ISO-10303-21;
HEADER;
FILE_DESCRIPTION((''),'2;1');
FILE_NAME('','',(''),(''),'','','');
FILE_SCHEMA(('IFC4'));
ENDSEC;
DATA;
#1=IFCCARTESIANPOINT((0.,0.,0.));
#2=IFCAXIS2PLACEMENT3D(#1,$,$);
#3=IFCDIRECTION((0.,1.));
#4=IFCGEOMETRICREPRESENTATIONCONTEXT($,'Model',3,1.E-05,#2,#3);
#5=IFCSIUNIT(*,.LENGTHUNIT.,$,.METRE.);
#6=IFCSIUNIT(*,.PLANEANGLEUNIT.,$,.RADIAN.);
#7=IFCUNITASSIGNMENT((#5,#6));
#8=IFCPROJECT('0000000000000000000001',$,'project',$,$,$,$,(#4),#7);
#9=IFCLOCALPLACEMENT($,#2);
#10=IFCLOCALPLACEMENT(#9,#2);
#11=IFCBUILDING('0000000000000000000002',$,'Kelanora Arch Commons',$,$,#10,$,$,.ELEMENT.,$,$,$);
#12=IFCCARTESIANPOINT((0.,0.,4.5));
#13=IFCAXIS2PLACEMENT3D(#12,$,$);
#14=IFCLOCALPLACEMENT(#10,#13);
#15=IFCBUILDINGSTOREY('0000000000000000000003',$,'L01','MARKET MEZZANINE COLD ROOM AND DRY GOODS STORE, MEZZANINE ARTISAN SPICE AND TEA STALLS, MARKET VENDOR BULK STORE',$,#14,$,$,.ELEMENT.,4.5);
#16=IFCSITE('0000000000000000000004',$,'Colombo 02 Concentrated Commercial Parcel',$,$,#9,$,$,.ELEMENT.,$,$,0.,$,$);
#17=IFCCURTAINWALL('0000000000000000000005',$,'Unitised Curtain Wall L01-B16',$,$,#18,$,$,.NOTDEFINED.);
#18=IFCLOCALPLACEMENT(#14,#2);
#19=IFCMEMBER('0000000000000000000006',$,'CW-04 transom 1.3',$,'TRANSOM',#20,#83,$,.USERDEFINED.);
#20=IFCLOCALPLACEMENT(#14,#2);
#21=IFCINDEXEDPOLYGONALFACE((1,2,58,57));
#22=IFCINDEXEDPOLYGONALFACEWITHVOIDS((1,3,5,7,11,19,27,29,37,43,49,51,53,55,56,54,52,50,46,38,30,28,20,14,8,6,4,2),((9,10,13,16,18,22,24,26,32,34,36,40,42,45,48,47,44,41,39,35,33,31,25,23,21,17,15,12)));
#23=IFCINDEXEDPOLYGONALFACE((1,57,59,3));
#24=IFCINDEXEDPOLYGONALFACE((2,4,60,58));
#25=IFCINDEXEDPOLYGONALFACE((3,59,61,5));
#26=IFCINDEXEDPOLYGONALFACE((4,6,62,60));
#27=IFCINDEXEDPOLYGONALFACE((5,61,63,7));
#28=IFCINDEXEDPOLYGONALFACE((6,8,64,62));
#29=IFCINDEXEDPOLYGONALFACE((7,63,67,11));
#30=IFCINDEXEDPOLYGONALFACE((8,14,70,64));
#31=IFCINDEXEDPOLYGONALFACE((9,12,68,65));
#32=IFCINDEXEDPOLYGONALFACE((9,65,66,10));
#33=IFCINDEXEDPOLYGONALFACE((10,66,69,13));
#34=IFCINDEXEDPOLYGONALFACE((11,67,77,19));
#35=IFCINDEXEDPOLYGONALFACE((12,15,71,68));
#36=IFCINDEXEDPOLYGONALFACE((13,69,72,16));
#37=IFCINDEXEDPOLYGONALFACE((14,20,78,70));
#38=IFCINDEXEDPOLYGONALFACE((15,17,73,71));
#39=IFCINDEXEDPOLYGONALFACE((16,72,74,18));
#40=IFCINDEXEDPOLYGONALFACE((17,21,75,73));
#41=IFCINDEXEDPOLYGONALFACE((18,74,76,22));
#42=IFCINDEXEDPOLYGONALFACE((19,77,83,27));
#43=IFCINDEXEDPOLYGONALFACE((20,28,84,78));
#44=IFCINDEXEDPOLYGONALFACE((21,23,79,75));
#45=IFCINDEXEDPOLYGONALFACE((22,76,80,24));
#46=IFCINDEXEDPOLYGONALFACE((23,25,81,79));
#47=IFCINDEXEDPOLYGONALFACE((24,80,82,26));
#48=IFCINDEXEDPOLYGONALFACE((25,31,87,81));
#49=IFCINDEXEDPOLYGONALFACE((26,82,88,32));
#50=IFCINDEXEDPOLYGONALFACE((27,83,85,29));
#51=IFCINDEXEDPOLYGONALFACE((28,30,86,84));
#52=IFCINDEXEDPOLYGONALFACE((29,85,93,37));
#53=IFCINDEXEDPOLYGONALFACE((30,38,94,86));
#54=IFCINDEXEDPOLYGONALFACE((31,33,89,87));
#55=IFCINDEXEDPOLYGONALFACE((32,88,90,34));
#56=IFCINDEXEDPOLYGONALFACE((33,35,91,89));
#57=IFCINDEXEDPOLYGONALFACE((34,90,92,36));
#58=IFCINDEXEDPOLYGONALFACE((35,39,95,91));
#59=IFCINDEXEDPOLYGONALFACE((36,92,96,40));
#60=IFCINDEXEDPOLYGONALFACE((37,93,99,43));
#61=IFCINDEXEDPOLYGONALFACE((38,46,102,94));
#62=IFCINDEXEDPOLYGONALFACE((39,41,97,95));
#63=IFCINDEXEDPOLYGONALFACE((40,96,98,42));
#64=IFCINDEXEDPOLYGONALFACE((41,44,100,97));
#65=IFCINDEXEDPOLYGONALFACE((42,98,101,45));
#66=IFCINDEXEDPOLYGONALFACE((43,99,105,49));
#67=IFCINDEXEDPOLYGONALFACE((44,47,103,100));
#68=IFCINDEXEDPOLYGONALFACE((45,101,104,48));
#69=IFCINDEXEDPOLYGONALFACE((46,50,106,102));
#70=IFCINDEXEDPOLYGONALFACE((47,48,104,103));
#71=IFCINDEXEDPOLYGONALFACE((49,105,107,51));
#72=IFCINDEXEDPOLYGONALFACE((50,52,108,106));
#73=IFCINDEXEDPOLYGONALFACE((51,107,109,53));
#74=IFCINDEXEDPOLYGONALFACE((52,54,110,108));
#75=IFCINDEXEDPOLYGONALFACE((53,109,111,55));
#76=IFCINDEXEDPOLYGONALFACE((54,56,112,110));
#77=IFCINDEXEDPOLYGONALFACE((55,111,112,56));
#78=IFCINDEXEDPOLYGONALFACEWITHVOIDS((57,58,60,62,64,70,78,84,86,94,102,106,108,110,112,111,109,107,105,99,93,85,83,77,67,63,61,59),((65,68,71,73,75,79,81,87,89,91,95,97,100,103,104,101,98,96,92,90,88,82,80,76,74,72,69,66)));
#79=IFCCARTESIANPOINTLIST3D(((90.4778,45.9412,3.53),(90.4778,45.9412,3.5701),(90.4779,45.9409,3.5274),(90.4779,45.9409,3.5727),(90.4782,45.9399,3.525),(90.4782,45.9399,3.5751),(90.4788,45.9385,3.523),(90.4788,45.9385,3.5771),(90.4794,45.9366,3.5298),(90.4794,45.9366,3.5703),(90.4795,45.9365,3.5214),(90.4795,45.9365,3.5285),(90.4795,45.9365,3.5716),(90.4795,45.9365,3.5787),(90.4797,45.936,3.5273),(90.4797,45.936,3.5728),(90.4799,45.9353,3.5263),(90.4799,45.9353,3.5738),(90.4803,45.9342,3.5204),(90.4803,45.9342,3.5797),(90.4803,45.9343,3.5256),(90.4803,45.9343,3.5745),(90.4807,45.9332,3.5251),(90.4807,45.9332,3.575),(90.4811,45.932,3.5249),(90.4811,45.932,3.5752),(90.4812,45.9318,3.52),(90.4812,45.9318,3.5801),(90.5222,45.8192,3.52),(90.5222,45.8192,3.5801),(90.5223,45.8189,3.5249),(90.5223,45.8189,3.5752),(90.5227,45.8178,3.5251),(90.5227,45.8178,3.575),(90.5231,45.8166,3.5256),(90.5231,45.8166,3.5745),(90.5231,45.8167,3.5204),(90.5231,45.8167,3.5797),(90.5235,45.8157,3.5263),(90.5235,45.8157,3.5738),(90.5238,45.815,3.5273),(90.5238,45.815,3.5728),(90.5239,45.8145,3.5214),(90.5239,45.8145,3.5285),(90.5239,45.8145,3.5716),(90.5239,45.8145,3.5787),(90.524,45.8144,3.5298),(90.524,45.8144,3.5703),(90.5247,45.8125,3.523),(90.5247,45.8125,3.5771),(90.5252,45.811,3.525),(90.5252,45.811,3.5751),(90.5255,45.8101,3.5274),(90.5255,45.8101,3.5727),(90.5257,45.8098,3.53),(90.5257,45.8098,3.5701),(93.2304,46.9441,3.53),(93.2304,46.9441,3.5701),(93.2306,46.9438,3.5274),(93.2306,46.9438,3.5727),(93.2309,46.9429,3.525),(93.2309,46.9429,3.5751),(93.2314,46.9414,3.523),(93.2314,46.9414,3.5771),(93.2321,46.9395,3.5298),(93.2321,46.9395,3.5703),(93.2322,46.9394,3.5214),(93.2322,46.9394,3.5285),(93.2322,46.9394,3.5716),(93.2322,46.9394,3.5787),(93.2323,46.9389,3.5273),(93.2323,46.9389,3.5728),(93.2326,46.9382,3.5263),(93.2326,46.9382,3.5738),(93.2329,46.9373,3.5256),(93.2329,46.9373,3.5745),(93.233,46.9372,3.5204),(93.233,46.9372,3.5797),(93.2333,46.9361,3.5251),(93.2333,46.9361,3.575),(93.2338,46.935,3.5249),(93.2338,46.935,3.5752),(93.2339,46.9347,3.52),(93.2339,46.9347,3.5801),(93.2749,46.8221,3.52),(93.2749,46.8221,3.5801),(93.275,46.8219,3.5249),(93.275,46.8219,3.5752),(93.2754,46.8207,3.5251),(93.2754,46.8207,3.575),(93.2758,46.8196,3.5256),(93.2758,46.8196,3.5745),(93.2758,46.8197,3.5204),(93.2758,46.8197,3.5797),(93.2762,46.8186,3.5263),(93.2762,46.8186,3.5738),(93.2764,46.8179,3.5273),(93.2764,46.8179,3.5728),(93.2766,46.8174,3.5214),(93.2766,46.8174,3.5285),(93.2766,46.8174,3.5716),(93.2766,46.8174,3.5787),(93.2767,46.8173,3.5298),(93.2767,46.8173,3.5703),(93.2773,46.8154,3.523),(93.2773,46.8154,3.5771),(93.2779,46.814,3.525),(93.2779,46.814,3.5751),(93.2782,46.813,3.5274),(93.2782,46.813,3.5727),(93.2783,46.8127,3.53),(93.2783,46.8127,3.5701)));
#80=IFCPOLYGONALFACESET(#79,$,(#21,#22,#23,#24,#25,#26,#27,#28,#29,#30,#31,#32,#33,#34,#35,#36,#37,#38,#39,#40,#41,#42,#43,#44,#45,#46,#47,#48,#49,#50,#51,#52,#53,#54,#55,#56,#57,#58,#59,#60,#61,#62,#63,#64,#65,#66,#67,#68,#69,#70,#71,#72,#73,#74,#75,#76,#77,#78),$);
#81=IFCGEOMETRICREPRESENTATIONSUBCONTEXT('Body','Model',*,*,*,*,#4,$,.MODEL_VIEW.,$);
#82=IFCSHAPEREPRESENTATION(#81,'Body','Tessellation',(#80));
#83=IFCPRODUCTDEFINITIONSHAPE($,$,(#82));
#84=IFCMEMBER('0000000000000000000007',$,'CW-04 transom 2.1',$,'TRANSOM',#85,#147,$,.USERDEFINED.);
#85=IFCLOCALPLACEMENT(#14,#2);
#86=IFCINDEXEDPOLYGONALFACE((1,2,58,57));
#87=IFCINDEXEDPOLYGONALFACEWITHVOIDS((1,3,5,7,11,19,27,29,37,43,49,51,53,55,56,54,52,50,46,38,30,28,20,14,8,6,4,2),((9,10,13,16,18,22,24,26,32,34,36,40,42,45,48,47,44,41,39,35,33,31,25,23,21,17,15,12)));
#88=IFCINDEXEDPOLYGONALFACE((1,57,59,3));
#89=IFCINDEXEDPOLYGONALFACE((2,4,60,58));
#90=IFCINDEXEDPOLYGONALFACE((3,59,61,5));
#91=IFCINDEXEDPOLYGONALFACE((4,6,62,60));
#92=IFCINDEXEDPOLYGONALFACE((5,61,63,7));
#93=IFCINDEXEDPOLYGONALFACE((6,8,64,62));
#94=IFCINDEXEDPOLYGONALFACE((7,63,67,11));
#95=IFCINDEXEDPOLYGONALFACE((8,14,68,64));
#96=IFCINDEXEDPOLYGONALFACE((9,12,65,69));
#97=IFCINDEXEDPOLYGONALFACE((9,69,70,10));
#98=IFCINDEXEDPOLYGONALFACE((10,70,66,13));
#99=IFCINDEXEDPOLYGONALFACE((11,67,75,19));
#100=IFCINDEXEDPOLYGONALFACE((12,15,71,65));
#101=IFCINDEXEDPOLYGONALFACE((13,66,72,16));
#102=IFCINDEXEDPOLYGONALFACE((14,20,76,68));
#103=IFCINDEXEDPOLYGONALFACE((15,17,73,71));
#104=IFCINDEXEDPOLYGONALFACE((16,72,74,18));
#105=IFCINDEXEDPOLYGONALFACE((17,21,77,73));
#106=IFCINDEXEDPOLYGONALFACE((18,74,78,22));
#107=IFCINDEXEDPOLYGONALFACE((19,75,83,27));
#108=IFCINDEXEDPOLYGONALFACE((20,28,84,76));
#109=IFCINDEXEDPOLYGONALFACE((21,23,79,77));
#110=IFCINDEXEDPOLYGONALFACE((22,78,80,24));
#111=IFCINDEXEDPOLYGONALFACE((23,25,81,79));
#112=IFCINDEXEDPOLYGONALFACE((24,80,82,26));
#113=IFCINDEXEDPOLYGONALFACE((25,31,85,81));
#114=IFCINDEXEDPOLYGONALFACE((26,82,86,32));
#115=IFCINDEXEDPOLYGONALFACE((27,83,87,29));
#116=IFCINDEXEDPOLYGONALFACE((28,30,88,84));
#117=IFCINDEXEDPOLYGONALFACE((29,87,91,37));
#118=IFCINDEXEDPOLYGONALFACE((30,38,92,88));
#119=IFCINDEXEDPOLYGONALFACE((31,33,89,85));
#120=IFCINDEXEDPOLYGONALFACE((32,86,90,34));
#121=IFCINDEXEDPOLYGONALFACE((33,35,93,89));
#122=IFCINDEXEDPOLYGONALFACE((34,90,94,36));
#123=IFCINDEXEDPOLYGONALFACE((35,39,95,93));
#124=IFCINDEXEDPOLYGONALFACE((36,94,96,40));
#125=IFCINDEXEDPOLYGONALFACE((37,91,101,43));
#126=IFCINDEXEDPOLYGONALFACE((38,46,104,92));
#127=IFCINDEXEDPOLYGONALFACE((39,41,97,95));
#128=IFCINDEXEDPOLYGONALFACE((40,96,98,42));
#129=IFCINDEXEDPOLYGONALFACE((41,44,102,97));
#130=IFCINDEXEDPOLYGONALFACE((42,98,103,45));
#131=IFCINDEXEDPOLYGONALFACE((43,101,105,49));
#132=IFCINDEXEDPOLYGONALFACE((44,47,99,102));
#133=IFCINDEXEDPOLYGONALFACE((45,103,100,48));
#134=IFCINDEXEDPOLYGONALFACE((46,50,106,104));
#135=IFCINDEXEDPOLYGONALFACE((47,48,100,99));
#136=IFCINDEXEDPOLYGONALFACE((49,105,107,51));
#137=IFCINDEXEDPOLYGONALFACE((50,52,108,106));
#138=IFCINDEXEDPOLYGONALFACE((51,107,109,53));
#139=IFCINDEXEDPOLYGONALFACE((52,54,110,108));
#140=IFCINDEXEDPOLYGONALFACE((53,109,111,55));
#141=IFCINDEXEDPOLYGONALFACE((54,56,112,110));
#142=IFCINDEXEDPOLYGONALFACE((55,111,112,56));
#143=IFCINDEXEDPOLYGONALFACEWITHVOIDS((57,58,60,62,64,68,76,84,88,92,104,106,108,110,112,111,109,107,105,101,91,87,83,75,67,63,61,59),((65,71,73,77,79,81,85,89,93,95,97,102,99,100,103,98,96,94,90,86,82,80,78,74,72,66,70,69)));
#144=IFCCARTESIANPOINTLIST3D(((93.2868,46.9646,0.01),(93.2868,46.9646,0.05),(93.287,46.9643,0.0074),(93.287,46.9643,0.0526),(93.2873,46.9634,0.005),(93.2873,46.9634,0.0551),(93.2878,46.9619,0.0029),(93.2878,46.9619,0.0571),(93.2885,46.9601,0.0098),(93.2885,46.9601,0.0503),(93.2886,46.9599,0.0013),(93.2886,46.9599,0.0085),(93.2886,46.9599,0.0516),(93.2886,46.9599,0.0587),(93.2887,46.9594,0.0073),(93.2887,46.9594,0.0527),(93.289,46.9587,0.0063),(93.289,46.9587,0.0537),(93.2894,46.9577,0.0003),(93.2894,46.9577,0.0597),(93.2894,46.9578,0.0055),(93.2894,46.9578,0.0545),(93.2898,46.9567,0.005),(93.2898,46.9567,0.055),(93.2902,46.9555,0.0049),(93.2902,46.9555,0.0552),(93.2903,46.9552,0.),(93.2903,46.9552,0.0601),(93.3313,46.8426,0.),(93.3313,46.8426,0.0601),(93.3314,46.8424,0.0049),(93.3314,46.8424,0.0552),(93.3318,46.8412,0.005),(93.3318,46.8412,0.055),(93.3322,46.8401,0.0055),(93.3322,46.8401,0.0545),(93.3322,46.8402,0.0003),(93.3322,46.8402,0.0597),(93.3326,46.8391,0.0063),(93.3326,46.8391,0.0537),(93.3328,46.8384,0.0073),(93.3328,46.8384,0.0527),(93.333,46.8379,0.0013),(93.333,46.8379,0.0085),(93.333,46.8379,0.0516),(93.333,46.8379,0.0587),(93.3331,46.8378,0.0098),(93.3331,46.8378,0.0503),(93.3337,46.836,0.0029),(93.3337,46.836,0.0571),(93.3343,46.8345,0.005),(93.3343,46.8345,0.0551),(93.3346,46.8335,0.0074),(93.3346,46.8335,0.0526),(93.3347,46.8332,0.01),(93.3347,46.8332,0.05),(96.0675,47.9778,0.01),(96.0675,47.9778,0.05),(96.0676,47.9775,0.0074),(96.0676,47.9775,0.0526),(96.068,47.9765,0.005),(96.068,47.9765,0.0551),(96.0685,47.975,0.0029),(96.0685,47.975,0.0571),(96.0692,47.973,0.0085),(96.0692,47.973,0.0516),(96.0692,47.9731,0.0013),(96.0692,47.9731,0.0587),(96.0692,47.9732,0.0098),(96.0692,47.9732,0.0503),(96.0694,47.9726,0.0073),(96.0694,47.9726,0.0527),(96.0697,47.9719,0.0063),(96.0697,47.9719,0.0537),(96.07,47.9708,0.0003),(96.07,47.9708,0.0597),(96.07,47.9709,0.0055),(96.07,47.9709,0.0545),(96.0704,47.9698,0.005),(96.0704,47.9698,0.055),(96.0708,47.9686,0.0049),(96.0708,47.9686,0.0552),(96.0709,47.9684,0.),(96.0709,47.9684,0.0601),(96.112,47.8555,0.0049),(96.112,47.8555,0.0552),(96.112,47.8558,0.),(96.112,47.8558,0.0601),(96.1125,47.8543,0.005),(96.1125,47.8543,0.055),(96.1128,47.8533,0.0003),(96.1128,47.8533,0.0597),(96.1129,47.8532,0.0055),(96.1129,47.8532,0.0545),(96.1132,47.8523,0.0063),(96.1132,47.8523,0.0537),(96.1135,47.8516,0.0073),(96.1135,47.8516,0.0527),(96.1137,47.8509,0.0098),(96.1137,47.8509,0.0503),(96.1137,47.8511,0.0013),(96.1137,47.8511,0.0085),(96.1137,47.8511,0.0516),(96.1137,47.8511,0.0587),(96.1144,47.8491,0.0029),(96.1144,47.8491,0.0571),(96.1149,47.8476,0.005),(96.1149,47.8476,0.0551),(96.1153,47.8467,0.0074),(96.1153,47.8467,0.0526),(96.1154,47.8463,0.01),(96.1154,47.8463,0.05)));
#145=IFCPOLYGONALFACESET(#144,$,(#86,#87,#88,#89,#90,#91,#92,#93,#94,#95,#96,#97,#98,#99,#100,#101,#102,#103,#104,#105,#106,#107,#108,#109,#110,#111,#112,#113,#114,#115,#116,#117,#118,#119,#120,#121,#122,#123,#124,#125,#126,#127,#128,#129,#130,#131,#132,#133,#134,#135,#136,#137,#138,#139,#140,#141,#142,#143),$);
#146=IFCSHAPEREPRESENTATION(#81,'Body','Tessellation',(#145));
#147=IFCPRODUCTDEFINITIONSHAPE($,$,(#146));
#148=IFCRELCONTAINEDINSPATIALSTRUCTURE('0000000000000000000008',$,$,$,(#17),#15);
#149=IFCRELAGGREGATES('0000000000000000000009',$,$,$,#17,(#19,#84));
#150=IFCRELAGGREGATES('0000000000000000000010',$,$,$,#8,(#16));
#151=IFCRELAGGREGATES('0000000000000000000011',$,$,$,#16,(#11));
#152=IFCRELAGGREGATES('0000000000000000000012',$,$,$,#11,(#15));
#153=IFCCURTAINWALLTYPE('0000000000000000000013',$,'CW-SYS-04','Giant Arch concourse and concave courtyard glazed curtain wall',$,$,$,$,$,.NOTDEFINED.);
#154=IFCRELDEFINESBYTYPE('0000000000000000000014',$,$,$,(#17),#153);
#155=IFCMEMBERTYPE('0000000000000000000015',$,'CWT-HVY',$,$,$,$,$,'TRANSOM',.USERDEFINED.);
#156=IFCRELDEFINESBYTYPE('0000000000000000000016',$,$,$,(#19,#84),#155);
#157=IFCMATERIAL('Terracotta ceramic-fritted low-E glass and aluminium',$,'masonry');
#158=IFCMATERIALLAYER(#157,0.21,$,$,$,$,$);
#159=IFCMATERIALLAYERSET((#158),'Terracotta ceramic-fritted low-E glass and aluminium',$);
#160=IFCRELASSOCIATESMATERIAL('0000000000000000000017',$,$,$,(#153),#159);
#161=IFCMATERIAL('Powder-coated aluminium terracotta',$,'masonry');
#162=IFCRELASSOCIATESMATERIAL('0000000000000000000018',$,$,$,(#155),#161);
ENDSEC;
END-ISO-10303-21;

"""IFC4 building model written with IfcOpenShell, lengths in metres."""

from ifc_helpers import new_model, si_unit, direction, frame, origin, origin_2d, place, context, subcontext, project, spatial, hollow_rectangle, extrude, material, layer, layer_set, material_profile, profile_set, type_object, element, aggregate, save


model = new_model("IFC4")

# Units and contexts
model_context = context("Model", 3, precision=1e-05, world=origin(), true_north=direction((0.0, 1.0)))
body_context = subcontext(model_context, "Body", "Model", "MODEL_VIEW")
ifc_project = project(units=[si_unit("LENGTHUNIT", "METRE"), si_unit("PLANEANGLEUNIT", "RADIAN")], contexts=[model_context])

# Site, building, storey
site_placement = place(None, origin())
site = spatial("IfcSite", under=ifc_project, at=site_placement, Name="Colombo 02 Concentrated Commercial Parcel", CompositionType="ELEMENT", RefElevation=0.0)
building_placement = place(site_placement, origin())
building = spatial("IfcBuilding", under=site, at=building_placement, Name="Kelanora Arch Commons", CompositionType="ELEMENT")
storey_placement = place(building_placement, frame((0.0, 0.0, 4.5)))
storey = spatial("IfcBuildingStorey", under=building, at=storey_placement, Name="L01", Description="MARKET MEZZANINE COLD ROOM AND DRY GOODS STORE, MEZZANINE ARTISAN SPICE AND TEA STALLS, MARKET VENDOR BULK STORE", CompositionType="ELEMENT", Elevation=4.5)

# Curtain wall, members
ifc_material_1 = material(Name="Terracotta ceramic-fritted low-E glass and aluminium", Category="masonry")
ifc_layer_1 = layer(ifc_material_1, 0.21)
ifc_layer_set_1 = layer_set([ifc_layer_1], Name="Terracotta ceramic-fritted low-E glass and aluminium")
curtain_wall_type = type_object("IfcCurtainWallType", Name="CW-SYS-04", Description="Giant Arch concourse and concave courtyard glazed curtain wall", PredefinedType="NOTDEFINED", material=ifc_layer_set_1)
curtain_wall_placement = place(storey_placement, origin())
curtain_wall = element("IfcCurtainWall", 1, at=curtain_wall_placement, inside=storey, type_object=curtain_wall_type, Name="Unitised Curtain Wall L01-B16", PredefinedType="NOTDEFINED")
ifc_material_2 = material(Name="Powder-coated aluminium terracotta", Category="masonry")
ifc_material_profile_1 = material_profile(ifc_material_2, hollow_rectangle(XDim=0.1399, YDim=0.0601, WallThickness=0.0049, InnerFilletRadius=0.0049, OuterFilletRadius=0.01, at=origin_2d()), Name="CWT140x60")
ifc_profile_set_1 = profile_set([ifc_material_profile_1], Name="Powder-coated aluminium terracotta")
member_type_1 = type_object("IfcMemberType", Name="CWT-HVY", ElementType="TRANSOM", PredefinedType="USERDEFINED", material=ifc_profile_set_1)
member_1_placement = place(storey_placement, frame((90.5017, 45.8755, 3.55), z_axis=(0.939579, 0.342332, 0.0), x_axis=(-0.342332, 0.939579, 0.0)))
member_1 = element("IfcMember", 2, at=member_1_placement, type_object=member_type_1, Name="CW-04 transom 1.3", ObjectType="TRANSOM", PredefinedType="USERDEFINED", context=body_context, shape_type="SweptSolid", body=[
    extrude(hollow_rectangle(XDim=0.1399, YDim=0.0601, WallThickness=0.0049, InnerFilletRadius=0.0049, OuterFilletRadius=0.01, at=origin_2d()), origin(), (0.0, 0.0, 1.0), 2.9297),
])
member_2_placement = place(storey_placement, frame((93.3108, 46.8989, 0.03), z_axis=(0.939576, 0.342339, 0.0), x_axis=(-0.342339, 0.939576, 0.0)))
member_2 = element("IfcMember", 3, at=member_2_placement, type_object=member_type_1, Name="CW-04 transom 2.1", ObjectType="TRANSOM", PredefinedType="USERDEFINED", context=body_context, shape_type="SweptSolid", body=[
    extrude(hollow_rectangle(XDim=0.1399, YDim=0.0601, WallThickness=0.0049, InnerFilletRadius=0.0049, OuterFilletRadius=0.01, at=origin_2d()), origin(), (0.0, 0.0, 1.0), 2.9595),
])
aggregate(curtain_wall, [member_1, member_2])

save(model, "model.ifc")
